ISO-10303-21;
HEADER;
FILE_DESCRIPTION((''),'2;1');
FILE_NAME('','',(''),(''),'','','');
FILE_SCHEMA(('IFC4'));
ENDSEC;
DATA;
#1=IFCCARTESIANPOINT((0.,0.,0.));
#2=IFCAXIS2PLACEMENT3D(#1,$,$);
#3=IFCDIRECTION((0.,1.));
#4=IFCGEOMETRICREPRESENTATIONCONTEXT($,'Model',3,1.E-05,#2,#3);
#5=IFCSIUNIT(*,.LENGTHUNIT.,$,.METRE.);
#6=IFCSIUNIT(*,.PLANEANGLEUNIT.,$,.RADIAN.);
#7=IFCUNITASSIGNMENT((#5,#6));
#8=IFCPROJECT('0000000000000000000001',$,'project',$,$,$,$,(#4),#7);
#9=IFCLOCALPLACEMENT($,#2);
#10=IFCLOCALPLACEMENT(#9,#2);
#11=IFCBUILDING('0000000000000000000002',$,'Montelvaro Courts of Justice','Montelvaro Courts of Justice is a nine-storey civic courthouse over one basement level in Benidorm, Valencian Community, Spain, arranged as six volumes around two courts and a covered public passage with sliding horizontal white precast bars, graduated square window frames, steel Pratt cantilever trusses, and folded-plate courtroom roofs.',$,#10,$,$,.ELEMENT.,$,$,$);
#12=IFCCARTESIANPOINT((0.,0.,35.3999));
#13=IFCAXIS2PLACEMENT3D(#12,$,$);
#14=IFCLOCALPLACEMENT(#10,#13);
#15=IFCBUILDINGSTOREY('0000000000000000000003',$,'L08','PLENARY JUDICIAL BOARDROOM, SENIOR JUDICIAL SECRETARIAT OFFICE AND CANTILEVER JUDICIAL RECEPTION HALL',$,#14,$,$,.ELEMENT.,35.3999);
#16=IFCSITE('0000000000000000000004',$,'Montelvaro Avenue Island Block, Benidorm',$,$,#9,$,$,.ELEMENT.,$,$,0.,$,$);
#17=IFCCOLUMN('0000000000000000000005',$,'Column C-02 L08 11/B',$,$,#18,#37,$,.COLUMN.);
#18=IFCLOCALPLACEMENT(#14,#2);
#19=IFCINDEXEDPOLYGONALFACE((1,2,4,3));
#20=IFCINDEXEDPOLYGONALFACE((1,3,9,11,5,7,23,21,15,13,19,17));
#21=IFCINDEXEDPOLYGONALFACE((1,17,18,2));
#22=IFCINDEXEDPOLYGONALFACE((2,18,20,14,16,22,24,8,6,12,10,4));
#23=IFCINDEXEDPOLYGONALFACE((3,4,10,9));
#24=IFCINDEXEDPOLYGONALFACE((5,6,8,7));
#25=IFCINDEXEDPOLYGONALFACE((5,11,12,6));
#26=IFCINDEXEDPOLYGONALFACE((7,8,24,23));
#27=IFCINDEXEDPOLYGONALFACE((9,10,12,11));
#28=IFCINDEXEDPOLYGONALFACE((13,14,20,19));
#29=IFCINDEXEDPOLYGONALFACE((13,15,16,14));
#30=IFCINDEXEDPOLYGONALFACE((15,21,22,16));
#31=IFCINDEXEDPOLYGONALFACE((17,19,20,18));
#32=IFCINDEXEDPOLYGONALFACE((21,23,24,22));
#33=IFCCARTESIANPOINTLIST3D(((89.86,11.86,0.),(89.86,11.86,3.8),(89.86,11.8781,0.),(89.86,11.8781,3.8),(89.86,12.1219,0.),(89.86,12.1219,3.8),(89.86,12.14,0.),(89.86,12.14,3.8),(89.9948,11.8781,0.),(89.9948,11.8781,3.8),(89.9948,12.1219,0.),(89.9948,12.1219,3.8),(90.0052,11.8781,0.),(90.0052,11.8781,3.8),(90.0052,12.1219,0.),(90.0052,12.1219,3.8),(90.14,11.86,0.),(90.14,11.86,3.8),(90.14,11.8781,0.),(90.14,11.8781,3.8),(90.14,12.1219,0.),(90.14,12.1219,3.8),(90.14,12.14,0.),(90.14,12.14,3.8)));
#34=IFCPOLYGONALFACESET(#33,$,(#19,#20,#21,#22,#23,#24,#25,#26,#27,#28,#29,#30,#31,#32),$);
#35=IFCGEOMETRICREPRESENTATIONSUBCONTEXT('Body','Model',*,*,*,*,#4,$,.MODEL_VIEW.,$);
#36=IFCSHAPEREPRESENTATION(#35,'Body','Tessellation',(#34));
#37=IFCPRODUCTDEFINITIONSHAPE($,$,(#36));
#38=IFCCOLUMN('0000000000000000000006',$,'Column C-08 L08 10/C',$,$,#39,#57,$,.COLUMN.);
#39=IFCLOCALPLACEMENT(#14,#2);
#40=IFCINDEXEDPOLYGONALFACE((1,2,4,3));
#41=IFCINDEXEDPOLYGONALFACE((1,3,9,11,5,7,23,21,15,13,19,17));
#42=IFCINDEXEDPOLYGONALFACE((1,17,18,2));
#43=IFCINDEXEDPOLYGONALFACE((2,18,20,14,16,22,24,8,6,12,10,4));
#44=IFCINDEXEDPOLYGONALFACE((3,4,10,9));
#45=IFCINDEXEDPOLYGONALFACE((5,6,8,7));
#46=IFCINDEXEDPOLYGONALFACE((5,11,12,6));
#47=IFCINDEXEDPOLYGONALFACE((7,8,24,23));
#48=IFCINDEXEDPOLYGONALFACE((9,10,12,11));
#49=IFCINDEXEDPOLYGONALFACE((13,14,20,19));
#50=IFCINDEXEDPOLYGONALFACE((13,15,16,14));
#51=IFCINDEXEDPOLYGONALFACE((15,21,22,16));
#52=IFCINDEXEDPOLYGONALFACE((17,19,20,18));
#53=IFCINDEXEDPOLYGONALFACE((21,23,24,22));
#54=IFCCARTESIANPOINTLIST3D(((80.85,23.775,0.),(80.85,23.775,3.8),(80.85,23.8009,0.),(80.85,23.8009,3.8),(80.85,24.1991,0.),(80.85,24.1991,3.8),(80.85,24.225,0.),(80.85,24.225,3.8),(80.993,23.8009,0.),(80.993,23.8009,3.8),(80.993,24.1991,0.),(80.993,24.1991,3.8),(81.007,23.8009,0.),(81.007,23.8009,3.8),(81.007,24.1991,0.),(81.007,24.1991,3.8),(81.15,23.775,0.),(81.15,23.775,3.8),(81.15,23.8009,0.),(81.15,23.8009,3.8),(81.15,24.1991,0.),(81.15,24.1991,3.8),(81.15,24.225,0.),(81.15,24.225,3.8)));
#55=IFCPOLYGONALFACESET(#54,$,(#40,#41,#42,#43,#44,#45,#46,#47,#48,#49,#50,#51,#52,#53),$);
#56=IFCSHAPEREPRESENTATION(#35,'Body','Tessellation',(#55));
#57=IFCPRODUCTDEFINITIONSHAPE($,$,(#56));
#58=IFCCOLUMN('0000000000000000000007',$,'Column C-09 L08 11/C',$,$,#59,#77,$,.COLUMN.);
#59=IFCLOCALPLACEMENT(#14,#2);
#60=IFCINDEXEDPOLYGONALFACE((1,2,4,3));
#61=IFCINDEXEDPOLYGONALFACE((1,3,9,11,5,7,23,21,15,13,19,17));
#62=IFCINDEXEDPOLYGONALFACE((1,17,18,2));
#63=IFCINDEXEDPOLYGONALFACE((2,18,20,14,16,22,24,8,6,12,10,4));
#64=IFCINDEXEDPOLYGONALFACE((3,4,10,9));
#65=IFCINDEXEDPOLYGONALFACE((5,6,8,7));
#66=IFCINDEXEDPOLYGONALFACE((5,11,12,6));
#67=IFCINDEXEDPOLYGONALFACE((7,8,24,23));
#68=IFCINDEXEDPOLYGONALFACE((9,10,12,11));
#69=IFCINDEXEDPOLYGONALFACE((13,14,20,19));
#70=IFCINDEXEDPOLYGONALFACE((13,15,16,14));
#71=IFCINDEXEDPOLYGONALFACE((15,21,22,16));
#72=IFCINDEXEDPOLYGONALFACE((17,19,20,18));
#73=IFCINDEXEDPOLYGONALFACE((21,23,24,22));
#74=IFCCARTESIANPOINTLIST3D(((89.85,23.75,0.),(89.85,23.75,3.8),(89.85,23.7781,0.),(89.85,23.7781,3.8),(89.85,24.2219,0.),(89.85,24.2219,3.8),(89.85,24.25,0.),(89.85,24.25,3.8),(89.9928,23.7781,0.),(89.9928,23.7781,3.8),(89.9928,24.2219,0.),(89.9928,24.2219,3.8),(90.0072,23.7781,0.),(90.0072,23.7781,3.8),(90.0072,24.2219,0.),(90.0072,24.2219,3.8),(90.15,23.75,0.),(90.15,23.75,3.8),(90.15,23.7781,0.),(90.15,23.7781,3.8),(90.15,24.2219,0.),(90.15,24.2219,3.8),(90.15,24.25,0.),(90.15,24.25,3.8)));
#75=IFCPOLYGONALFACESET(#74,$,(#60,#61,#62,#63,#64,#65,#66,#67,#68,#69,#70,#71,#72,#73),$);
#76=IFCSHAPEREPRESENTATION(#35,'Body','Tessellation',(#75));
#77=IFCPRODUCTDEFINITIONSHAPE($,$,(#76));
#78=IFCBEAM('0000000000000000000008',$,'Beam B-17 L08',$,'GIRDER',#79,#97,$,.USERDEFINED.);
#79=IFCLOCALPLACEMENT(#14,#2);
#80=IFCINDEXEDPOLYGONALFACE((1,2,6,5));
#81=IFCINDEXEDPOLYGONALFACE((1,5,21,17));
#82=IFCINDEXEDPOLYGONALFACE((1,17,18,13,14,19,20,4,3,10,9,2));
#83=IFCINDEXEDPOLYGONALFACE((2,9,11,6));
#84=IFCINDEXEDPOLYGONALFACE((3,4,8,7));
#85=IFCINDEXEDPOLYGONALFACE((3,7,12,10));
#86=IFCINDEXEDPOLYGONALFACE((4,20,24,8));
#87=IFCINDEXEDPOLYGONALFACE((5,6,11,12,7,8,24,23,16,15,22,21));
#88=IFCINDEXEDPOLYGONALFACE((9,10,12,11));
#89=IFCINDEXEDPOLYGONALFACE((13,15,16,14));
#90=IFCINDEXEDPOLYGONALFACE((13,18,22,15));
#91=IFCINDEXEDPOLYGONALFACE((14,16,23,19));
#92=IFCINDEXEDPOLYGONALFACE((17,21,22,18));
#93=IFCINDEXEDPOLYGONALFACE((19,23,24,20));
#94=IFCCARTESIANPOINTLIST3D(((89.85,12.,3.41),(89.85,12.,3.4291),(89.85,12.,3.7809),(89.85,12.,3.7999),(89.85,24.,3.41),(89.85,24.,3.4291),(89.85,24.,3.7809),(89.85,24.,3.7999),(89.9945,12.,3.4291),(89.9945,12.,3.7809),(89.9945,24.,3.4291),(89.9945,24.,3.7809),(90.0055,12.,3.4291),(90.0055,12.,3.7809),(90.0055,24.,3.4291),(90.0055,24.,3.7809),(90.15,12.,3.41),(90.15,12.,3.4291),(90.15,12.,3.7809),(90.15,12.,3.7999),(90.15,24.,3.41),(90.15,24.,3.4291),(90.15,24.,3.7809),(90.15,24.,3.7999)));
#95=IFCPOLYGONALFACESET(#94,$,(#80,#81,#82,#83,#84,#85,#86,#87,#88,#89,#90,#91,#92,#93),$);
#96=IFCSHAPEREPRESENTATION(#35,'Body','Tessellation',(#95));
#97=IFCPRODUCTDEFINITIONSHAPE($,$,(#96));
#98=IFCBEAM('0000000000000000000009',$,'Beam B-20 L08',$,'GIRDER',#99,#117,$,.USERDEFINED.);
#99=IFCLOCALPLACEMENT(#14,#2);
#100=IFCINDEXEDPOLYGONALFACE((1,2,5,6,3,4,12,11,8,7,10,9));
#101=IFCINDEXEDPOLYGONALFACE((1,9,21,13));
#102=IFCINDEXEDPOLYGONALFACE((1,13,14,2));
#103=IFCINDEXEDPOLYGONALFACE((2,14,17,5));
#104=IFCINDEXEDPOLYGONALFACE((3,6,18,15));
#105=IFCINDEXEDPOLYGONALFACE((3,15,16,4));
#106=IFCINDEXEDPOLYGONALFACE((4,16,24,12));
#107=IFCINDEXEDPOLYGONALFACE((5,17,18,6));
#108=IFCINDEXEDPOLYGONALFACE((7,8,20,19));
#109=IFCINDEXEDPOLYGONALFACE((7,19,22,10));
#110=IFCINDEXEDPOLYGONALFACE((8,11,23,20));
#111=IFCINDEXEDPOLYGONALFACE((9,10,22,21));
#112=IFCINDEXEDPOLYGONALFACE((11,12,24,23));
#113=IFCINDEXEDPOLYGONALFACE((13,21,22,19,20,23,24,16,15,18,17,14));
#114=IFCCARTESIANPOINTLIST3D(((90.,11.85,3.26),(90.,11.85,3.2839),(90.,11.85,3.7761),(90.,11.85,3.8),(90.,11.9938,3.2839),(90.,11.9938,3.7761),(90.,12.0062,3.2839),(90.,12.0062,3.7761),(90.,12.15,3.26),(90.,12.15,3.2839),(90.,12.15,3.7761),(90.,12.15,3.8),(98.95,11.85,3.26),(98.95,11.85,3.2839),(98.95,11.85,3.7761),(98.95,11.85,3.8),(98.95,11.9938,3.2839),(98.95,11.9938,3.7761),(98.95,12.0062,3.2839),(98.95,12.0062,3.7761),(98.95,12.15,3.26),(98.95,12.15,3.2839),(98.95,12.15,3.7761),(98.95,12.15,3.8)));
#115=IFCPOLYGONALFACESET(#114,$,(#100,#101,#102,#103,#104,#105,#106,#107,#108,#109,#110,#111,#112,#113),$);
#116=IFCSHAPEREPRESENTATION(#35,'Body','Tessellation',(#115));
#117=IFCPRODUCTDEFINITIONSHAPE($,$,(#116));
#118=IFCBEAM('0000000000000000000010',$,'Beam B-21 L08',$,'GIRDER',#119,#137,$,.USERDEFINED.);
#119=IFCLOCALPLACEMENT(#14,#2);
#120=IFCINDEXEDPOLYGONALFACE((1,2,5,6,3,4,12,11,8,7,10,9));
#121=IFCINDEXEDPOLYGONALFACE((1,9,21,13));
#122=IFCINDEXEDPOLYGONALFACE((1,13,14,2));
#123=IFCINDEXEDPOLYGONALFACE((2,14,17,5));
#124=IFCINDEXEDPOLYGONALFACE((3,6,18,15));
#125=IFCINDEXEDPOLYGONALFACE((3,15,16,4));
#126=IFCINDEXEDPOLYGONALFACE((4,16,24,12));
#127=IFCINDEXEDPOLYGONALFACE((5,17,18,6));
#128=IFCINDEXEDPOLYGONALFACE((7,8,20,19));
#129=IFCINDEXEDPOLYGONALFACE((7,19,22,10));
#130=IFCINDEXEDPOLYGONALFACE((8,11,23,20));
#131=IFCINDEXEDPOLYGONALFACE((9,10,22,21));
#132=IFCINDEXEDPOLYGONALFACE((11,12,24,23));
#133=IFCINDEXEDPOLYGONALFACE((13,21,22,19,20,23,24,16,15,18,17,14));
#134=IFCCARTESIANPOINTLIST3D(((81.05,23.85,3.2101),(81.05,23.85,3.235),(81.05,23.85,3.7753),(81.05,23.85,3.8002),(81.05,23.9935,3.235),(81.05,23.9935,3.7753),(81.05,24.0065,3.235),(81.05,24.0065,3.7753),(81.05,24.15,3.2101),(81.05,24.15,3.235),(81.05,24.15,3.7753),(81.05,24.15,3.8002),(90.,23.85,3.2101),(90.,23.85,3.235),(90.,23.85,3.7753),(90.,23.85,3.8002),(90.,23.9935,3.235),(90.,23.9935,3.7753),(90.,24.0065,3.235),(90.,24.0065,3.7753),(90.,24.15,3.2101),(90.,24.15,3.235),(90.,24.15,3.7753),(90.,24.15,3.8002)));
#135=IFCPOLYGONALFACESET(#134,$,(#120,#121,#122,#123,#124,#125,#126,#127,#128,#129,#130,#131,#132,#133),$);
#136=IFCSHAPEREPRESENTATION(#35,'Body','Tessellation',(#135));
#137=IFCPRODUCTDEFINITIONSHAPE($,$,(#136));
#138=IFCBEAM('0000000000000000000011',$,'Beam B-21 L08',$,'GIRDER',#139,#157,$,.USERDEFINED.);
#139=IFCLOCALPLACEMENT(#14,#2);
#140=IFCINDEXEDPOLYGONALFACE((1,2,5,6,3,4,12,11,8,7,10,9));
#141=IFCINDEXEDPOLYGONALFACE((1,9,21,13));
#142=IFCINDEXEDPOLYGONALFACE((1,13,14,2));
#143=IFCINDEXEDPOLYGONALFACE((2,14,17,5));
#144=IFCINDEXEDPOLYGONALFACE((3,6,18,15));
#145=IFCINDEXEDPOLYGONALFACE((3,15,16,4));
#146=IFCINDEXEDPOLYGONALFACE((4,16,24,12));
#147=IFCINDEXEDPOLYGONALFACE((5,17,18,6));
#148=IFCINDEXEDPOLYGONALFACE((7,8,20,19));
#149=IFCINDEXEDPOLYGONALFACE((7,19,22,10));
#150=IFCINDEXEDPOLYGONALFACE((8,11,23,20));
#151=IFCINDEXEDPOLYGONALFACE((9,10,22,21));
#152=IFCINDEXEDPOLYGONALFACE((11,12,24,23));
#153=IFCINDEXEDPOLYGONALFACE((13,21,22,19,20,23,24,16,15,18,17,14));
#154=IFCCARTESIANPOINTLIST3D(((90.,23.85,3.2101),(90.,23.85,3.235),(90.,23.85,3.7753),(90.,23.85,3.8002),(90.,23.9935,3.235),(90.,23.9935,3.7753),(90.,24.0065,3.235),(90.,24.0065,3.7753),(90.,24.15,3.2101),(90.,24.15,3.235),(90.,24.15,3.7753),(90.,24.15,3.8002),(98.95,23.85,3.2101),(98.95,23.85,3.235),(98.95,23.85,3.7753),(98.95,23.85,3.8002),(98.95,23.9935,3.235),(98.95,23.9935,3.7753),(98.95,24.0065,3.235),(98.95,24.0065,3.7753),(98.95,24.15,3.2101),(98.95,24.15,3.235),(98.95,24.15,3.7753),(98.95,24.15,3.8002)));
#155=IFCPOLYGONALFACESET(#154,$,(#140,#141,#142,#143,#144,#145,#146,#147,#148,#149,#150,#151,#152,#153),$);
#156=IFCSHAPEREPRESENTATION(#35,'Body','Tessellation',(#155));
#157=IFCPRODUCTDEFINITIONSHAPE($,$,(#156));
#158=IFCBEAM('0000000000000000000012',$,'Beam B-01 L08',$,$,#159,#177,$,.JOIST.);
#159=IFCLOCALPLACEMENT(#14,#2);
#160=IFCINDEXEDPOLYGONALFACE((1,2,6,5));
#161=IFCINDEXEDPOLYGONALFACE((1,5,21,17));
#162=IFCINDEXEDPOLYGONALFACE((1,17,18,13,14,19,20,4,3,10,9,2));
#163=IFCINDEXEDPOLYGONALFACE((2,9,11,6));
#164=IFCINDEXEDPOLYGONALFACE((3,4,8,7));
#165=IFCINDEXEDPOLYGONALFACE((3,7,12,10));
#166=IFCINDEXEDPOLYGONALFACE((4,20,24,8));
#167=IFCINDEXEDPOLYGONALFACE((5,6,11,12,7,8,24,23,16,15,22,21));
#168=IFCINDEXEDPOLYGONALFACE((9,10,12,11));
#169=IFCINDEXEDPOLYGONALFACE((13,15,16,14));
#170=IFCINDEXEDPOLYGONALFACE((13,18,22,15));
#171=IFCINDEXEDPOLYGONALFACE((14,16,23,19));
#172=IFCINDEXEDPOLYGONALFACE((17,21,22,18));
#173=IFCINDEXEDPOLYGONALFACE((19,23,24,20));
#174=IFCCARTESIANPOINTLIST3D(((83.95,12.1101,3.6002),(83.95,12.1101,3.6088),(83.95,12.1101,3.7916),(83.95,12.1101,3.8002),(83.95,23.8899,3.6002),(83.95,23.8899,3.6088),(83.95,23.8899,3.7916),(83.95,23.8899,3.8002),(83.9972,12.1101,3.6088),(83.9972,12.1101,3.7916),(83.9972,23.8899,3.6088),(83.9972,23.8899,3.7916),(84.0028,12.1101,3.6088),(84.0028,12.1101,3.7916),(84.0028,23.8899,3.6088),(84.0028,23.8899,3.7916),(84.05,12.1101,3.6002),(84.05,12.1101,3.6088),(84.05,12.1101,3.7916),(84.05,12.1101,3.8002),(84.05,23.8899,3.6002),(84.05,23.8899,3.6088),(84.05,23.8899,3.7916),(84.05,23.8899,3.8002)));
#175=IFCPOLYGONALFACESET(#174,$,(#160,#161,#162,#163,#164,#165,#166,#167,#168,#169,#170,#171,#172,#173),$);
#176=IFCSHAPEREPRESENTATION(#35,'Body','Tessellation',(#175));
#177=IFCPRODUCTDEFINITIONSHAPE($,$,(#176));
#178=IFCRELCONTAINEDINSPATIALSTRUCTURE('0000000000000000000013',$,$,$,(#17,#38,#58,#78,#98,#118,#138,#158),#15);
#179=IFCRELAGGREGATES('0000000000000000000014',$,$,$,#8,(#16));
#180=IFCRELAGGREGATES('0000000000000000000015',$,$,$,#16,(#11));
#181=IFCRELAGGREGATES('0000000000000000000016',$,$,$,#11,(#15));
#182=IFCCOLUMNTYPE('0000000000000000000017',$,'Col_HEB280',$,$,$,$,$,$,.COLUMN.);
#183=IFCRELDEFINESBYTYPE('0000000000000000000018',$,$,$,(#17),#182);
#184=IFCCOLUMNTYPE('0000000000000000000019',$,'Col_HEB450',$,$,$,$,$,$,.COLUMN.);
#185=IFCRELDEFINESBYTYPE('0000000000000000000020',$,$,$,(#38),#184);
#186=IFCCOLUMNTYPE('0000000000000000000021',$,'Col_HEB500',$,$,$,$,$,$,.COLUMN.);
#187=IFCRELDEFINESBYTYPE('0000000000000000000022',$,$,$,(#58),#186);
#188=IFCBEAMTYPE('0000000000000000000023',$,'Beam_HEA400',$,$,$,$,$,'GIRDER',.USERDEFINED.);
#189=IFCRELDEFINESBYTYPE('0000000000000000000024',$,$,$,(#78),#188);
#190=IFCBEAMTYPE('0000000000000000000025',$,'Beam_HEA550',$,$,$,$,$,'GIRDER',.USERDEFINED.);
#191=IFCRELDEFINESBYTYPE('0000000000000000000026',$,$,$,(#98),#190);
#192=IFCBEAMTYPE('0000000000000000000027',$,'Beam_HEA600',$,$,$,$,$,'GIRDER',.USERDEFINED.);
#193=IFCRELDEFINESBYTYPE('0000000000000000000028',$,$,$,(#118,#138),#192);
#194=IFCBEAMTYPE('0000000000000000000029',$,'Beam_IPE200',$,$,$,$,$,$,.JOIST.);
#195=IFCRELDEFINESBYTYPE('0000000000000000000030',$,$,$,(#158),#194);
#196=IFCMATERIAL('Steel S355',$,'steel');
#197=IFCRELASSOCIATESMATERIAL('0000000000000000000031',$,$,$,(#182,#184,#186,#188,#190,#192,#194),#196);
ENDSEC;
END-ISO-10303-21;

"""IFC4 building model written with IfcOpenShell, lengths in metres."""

from ifc_helpers import new_model, si_unit, direction, frame, origin, origin_2d, place, context, subcontext, project, spatial, i_section, extrude, material, material_profile, profile_set, type_object, element, save


model = new_model("IFC4")

# Units and contexts
model_context = context("Model", 3, precision=1e-05, world=origin(), true_north=direction((0.0, 1.0)))
body_context = subcontext(model_context, "Body", "Model", "MODEL_VIEW")
ifc_project = project(units=[si_unit("LENGTHUNIT", "METRE"), si_unit("PLANEANGLEUNIT", "RADIAN")], contexts=[model_context])

# Site, building, storey
site_placement = place(None, origin())
site = spatial("IfcSite", under=ifc_project, at=site_placement, Name="Montelvaro Avenue Island Block, Benidorm", CompositionType="ELEMENT", RefElevation=0.0)
building_placement = place(site_placement, origin())
building = spatial("IfcBuilding", under=site, at=building_placement, Name="Montelvaro Courts of Justice", Description="Montelvaro Courts of Justice is a nine-storey civic courthouse over one basement level in Benidorm, Valencian Community, Spain, arranged as six volumes around two courts and a covered public passage with sliding horizontal white precast bars, graduated square window frames, steel Pratt cantilever trusses, and folded-plate courtroom roofs.", CompositionType="ELEMENT")
storey_placement = place(building_placement, frame((0.0, 0.0, 35.3999)))
storey = spatial("IfcBuildingStorey", under=building, at=storey_placement, Name="L08", Description="PLENARY JUDICIAL BOARDROOM, SENIOR JUDICIAL SECRETARIAT OFFICE AND CANTILEVER JUDICIAL RECEPTION HALL", CompositionType="ELEMENT", Elevation=35.3999)

# Columns
ifc_material_1 = material(Name="Steel S355", Category="steel")
ifc_material_profile_1 = material_profile(ifc_material_1, i_section(OverallWidth=0.28, OverallDepth=0.28, WebThickness=0.0105, FlangeThickness=0.0181, at=origin_2d()), Name="HEB 280")
ifc_profile_set_1 = profile_set([ifc_material_profile_1], Name="Steel S355")
column_type_1 = type_object("IfcColumnType", Name="Col_HEB280", PredefinedType="COLUMN", material=ifc_profile_set_1)
column_1_placement = place(storey_placement, frame((90.0, 12.0, 0.0), z_axis=(0.0, 0.0, 1.0), x_axis=(1.0, 0.0, 0.0)))
element("IfcColumn", 1, at=column_1_placement, inside=storey, type_object=column_type_1, Name="Column C-02 L08 11/B", PredefinedType="COLUMN", context=body_context, shape_type="SweptSolid", body=[
    extrude(i_section(OverallWidth=0.28, OverallDepth=0.28, WebThickness=0.0105, FlangeThickness=0.0181, at=origin_2d()), origin(), (0.0, 0.0, 1.0), 3.8),
])
ifc_material_profile_2 = material_profile(ifc_material_1, i_section(OverallWidth=0.3, OverallDepth=0.45, WebThickness=0.0139, FlangeThickness=0.0259, at=origin_2d()), Name="HEB 450")
ifc_profile_set_2 = profile_set([ifc_material_profile_2], Name="Steel S355")
column_type_2 = type_object("IfcColumnType", Name="Col_HEB450", PredefinedType="COLUMN", material=ifc_profile_set_2)
column_2_placement = place(storey_placement, frame((81.0, 24.0, 0.0), z_axis=(0.0, 0.0, 1.0), x_axis=(1.0, 0.0, 0.0)))
element("IfcColumn", 2, at=column_2_placement, inside=storey, type_object=column_type_2, Name="Column C-08 L08 10/C", PredefinedType="COLUMN", context=body_context, shape_type="SweptSolid", body=[
    extrude(i_section(OverallWidth=0.3, OverallDepth=0.45, WebThickness=0.0139, FlangeThickness=0.0259, at=origin_2d()), origin(), (0.0, 0.0, 1.0), 3.8),
])
ifc_material_profile_3 = material_profile(ifc_material_1, i_section(OverallWidth=0.3, OverallDepth=0.5, WebThickness=0.0144, FlangeThickness=0.0281, at=origin_2d()), Name="HEB 500")
ifc_profile_set_3 = profile_set([ifc_material_profile_3], Name="Steel S355")
column_type_3 = type_object("IfcColumnType", Name="Col_HEB500", PredefinedType="COLUMN", material=ifc_profile_set_3)
column_3_placement = place(storey_placement, frame((90.0, 24.0, 0.0), z_axis=(0.0, 0.0, 1.0), x_axis=(1.0, 0.0, 0.0)))
element("IfcColumn", 3, at=column_3_placement, inside=storey, type_object=column_type_3, Name="Column C-09 L08 11/C", PredefinedType="COLUMN", context=body_context, shape_type="SweptSolid", body=[
    extrude(i_section(OverallWidth=0.3, OverallDepth=0.5, WebThickness=0.0144, FlangeThickness=0.0281, at=origin_2d()), origin(), (0.0, 0.0, 1.0), 3.8),
])

# Beams
ifc_material_profile_4 = material_profile(ifc_material_1, i_section(OverallWidth=0.3, OverallDepth=0.3899, WebThickness=0.011, FlangeThickness=0.019, at=origin_2d()), Name="HEA 400")
ifc_profile_set_4 = profile_set([ifc_material_profile_4], Name="Steel S355")
beam_type_1 = type_object("IfcBeamType", Name="Beam_HEA400", ElementType="GIRDER", PredefinedType="USERDEFINED", material=ifc_profile_set_4)
beam_1_placement = place(storey_placement, frame((90.0, 12.0, 3.605), z_axis=(0.0, 1.0, 0.0), x_axis=(-1.0, 0.0, 0.0)))
element("IfcBeam", 4, at=beam_1_placement, inside=storey, type_object=beam_type_1, Name="Beam B-17 L08", ObjectType="GIRDER", PredefinedType="USERDEFINED", context=body_context, shape_type="SweptSolid", body=[
    extrude(i_section(OverallWidth=0.3, OverallDepth=0.3899, WebThickness=0.011, FlangeThickness=0.019, at=origin_2d()), origin(), (0.0, 0.0, 1.0), 12.0),
])
ifc_material_profile_5 = material_profile(ifc_material_1, i_section(OverallWidth=0.3, OverallDepth=0.54, WebThickness=0.0125, FlangeThickness=0.0239, at=origin_2d()), Name="HEA 550")
ifc_profile_set_5 = profile_set([ifc_material_profile_5], Name="Steel S355")
beam_type_2 = type_object("IfcBeamType", Name="Beam_HEA550", ElementType="GIRDER", PredefinedType="USERDEFINED", material=ifc_profile_set_5)
beam_2_placement = place(storey_placement, frame((90.0, 12.0, 3.53), z_axis=(1.0, 0.0, 0.0), x_axis=(0.0, 1.0, 0.0)))
element("IfcBeam", 5, at=beam_2_placement, inside=storey, type_object=beam_type_2, Name="Beam B-20 L08", ObjectType="GIRDER", PredefinedType="USERDEFINED", context=body_context, shape_type="SweptSolid", body=[
    extrude(i_section(OverallWidth=0.3, OverallDepth=0.54, WebThickness=0.0125, FlangeThickness=0.0239, at=origin_2d()), origin(), (0.0, 0.0, 1.0), 8.95),
])
ifc_material_profile_6 = material_profile(ifc_material_1, i_section(OverallWidth=0.3, OverallDepth=0.5901, WebThickness=0.0129, FlangeThickness=0.0249, at=origin_2d()), Name="HEA 600")
ifc_profile_set_6 = profile_set([ifc_material_profile_6], Name="Steel S355")
beam_type_3 = type_object("IfcBeamType", Name="Beam_HEA600", ElementType="GIRDER", PredefinedType="USERDEFINED", material=ifc_profile_set_6)
for number, where, z_axis, x_axis, name in (
    (6, (81.05, 24.0, 3.5051), (1.0, 0.0, 0.0), (0.0, 1.0, 0.0), "Beam B-21 L08"),
    (7, (90.0, 24.0, 3.5051), (1.0, 0.0, 0.0), (0.0, 1.0, 0.0), "Beam B-21 L08"),
):
    element("IfcBeam", number, at=place(storey_placement, frame(where, z_axis=z_axis, x_axis=x_axis)), inside=storey, type_object=beam_type_3, Name=name, ObjectType="GIRDER", PredefinedType="USERDEFINED", context=body_context, shape_type="SweptSolid", body=[
        extrude(i_section(OverallWidth=0.3, OverallDepth=0.5901, WebThickness=0.0129, FlangeThickness=0.0249, at=origin_2d()), origin(), (0.0, 0.0, 1.0), 8.95),
    ])
ifc_material_profile_7 = material_profile(ifc_material_1, i_section(OverallWidth=0.1001, OverallDepth=0.2, WebThickness=0.0056, FlangeThickness=0.0085, at=origin_2d()), Name="IPE 200")
ifc_profile_set_7 = profile_set([ifc_material_profile_7], Name="Steel S355")
beam_type_4 = type_object("IfcBeamType", Name="Beam_IPE200", PredefinedType="JOIST", material=ifc_profile_set_7)
beam_3_placement = place(storey_placement, frame((84.0, 12.1101, 3.7002), z_axis=(0.0, 1.0, 0.0), x_axis=(-1.0, 0.0, 0.0)))
element("IfcBeam", 8, at=beam_3_placement, inside=storey, type_object=beam_type_4, Name="Beam B-01 L08", PredefinedType="JOIST", context=body_context, shape_type="SweptSolid", body=[
    extrude(i_section(OverallWidth=0.1001, OverallDepth=0.2, WebThickness=0.0056, FlangeThickness=0.0085, at=origin_2d()), origin(), (0.0, 0.0, 1.0), 11.7798),
])

save(model, "model.ifc")
